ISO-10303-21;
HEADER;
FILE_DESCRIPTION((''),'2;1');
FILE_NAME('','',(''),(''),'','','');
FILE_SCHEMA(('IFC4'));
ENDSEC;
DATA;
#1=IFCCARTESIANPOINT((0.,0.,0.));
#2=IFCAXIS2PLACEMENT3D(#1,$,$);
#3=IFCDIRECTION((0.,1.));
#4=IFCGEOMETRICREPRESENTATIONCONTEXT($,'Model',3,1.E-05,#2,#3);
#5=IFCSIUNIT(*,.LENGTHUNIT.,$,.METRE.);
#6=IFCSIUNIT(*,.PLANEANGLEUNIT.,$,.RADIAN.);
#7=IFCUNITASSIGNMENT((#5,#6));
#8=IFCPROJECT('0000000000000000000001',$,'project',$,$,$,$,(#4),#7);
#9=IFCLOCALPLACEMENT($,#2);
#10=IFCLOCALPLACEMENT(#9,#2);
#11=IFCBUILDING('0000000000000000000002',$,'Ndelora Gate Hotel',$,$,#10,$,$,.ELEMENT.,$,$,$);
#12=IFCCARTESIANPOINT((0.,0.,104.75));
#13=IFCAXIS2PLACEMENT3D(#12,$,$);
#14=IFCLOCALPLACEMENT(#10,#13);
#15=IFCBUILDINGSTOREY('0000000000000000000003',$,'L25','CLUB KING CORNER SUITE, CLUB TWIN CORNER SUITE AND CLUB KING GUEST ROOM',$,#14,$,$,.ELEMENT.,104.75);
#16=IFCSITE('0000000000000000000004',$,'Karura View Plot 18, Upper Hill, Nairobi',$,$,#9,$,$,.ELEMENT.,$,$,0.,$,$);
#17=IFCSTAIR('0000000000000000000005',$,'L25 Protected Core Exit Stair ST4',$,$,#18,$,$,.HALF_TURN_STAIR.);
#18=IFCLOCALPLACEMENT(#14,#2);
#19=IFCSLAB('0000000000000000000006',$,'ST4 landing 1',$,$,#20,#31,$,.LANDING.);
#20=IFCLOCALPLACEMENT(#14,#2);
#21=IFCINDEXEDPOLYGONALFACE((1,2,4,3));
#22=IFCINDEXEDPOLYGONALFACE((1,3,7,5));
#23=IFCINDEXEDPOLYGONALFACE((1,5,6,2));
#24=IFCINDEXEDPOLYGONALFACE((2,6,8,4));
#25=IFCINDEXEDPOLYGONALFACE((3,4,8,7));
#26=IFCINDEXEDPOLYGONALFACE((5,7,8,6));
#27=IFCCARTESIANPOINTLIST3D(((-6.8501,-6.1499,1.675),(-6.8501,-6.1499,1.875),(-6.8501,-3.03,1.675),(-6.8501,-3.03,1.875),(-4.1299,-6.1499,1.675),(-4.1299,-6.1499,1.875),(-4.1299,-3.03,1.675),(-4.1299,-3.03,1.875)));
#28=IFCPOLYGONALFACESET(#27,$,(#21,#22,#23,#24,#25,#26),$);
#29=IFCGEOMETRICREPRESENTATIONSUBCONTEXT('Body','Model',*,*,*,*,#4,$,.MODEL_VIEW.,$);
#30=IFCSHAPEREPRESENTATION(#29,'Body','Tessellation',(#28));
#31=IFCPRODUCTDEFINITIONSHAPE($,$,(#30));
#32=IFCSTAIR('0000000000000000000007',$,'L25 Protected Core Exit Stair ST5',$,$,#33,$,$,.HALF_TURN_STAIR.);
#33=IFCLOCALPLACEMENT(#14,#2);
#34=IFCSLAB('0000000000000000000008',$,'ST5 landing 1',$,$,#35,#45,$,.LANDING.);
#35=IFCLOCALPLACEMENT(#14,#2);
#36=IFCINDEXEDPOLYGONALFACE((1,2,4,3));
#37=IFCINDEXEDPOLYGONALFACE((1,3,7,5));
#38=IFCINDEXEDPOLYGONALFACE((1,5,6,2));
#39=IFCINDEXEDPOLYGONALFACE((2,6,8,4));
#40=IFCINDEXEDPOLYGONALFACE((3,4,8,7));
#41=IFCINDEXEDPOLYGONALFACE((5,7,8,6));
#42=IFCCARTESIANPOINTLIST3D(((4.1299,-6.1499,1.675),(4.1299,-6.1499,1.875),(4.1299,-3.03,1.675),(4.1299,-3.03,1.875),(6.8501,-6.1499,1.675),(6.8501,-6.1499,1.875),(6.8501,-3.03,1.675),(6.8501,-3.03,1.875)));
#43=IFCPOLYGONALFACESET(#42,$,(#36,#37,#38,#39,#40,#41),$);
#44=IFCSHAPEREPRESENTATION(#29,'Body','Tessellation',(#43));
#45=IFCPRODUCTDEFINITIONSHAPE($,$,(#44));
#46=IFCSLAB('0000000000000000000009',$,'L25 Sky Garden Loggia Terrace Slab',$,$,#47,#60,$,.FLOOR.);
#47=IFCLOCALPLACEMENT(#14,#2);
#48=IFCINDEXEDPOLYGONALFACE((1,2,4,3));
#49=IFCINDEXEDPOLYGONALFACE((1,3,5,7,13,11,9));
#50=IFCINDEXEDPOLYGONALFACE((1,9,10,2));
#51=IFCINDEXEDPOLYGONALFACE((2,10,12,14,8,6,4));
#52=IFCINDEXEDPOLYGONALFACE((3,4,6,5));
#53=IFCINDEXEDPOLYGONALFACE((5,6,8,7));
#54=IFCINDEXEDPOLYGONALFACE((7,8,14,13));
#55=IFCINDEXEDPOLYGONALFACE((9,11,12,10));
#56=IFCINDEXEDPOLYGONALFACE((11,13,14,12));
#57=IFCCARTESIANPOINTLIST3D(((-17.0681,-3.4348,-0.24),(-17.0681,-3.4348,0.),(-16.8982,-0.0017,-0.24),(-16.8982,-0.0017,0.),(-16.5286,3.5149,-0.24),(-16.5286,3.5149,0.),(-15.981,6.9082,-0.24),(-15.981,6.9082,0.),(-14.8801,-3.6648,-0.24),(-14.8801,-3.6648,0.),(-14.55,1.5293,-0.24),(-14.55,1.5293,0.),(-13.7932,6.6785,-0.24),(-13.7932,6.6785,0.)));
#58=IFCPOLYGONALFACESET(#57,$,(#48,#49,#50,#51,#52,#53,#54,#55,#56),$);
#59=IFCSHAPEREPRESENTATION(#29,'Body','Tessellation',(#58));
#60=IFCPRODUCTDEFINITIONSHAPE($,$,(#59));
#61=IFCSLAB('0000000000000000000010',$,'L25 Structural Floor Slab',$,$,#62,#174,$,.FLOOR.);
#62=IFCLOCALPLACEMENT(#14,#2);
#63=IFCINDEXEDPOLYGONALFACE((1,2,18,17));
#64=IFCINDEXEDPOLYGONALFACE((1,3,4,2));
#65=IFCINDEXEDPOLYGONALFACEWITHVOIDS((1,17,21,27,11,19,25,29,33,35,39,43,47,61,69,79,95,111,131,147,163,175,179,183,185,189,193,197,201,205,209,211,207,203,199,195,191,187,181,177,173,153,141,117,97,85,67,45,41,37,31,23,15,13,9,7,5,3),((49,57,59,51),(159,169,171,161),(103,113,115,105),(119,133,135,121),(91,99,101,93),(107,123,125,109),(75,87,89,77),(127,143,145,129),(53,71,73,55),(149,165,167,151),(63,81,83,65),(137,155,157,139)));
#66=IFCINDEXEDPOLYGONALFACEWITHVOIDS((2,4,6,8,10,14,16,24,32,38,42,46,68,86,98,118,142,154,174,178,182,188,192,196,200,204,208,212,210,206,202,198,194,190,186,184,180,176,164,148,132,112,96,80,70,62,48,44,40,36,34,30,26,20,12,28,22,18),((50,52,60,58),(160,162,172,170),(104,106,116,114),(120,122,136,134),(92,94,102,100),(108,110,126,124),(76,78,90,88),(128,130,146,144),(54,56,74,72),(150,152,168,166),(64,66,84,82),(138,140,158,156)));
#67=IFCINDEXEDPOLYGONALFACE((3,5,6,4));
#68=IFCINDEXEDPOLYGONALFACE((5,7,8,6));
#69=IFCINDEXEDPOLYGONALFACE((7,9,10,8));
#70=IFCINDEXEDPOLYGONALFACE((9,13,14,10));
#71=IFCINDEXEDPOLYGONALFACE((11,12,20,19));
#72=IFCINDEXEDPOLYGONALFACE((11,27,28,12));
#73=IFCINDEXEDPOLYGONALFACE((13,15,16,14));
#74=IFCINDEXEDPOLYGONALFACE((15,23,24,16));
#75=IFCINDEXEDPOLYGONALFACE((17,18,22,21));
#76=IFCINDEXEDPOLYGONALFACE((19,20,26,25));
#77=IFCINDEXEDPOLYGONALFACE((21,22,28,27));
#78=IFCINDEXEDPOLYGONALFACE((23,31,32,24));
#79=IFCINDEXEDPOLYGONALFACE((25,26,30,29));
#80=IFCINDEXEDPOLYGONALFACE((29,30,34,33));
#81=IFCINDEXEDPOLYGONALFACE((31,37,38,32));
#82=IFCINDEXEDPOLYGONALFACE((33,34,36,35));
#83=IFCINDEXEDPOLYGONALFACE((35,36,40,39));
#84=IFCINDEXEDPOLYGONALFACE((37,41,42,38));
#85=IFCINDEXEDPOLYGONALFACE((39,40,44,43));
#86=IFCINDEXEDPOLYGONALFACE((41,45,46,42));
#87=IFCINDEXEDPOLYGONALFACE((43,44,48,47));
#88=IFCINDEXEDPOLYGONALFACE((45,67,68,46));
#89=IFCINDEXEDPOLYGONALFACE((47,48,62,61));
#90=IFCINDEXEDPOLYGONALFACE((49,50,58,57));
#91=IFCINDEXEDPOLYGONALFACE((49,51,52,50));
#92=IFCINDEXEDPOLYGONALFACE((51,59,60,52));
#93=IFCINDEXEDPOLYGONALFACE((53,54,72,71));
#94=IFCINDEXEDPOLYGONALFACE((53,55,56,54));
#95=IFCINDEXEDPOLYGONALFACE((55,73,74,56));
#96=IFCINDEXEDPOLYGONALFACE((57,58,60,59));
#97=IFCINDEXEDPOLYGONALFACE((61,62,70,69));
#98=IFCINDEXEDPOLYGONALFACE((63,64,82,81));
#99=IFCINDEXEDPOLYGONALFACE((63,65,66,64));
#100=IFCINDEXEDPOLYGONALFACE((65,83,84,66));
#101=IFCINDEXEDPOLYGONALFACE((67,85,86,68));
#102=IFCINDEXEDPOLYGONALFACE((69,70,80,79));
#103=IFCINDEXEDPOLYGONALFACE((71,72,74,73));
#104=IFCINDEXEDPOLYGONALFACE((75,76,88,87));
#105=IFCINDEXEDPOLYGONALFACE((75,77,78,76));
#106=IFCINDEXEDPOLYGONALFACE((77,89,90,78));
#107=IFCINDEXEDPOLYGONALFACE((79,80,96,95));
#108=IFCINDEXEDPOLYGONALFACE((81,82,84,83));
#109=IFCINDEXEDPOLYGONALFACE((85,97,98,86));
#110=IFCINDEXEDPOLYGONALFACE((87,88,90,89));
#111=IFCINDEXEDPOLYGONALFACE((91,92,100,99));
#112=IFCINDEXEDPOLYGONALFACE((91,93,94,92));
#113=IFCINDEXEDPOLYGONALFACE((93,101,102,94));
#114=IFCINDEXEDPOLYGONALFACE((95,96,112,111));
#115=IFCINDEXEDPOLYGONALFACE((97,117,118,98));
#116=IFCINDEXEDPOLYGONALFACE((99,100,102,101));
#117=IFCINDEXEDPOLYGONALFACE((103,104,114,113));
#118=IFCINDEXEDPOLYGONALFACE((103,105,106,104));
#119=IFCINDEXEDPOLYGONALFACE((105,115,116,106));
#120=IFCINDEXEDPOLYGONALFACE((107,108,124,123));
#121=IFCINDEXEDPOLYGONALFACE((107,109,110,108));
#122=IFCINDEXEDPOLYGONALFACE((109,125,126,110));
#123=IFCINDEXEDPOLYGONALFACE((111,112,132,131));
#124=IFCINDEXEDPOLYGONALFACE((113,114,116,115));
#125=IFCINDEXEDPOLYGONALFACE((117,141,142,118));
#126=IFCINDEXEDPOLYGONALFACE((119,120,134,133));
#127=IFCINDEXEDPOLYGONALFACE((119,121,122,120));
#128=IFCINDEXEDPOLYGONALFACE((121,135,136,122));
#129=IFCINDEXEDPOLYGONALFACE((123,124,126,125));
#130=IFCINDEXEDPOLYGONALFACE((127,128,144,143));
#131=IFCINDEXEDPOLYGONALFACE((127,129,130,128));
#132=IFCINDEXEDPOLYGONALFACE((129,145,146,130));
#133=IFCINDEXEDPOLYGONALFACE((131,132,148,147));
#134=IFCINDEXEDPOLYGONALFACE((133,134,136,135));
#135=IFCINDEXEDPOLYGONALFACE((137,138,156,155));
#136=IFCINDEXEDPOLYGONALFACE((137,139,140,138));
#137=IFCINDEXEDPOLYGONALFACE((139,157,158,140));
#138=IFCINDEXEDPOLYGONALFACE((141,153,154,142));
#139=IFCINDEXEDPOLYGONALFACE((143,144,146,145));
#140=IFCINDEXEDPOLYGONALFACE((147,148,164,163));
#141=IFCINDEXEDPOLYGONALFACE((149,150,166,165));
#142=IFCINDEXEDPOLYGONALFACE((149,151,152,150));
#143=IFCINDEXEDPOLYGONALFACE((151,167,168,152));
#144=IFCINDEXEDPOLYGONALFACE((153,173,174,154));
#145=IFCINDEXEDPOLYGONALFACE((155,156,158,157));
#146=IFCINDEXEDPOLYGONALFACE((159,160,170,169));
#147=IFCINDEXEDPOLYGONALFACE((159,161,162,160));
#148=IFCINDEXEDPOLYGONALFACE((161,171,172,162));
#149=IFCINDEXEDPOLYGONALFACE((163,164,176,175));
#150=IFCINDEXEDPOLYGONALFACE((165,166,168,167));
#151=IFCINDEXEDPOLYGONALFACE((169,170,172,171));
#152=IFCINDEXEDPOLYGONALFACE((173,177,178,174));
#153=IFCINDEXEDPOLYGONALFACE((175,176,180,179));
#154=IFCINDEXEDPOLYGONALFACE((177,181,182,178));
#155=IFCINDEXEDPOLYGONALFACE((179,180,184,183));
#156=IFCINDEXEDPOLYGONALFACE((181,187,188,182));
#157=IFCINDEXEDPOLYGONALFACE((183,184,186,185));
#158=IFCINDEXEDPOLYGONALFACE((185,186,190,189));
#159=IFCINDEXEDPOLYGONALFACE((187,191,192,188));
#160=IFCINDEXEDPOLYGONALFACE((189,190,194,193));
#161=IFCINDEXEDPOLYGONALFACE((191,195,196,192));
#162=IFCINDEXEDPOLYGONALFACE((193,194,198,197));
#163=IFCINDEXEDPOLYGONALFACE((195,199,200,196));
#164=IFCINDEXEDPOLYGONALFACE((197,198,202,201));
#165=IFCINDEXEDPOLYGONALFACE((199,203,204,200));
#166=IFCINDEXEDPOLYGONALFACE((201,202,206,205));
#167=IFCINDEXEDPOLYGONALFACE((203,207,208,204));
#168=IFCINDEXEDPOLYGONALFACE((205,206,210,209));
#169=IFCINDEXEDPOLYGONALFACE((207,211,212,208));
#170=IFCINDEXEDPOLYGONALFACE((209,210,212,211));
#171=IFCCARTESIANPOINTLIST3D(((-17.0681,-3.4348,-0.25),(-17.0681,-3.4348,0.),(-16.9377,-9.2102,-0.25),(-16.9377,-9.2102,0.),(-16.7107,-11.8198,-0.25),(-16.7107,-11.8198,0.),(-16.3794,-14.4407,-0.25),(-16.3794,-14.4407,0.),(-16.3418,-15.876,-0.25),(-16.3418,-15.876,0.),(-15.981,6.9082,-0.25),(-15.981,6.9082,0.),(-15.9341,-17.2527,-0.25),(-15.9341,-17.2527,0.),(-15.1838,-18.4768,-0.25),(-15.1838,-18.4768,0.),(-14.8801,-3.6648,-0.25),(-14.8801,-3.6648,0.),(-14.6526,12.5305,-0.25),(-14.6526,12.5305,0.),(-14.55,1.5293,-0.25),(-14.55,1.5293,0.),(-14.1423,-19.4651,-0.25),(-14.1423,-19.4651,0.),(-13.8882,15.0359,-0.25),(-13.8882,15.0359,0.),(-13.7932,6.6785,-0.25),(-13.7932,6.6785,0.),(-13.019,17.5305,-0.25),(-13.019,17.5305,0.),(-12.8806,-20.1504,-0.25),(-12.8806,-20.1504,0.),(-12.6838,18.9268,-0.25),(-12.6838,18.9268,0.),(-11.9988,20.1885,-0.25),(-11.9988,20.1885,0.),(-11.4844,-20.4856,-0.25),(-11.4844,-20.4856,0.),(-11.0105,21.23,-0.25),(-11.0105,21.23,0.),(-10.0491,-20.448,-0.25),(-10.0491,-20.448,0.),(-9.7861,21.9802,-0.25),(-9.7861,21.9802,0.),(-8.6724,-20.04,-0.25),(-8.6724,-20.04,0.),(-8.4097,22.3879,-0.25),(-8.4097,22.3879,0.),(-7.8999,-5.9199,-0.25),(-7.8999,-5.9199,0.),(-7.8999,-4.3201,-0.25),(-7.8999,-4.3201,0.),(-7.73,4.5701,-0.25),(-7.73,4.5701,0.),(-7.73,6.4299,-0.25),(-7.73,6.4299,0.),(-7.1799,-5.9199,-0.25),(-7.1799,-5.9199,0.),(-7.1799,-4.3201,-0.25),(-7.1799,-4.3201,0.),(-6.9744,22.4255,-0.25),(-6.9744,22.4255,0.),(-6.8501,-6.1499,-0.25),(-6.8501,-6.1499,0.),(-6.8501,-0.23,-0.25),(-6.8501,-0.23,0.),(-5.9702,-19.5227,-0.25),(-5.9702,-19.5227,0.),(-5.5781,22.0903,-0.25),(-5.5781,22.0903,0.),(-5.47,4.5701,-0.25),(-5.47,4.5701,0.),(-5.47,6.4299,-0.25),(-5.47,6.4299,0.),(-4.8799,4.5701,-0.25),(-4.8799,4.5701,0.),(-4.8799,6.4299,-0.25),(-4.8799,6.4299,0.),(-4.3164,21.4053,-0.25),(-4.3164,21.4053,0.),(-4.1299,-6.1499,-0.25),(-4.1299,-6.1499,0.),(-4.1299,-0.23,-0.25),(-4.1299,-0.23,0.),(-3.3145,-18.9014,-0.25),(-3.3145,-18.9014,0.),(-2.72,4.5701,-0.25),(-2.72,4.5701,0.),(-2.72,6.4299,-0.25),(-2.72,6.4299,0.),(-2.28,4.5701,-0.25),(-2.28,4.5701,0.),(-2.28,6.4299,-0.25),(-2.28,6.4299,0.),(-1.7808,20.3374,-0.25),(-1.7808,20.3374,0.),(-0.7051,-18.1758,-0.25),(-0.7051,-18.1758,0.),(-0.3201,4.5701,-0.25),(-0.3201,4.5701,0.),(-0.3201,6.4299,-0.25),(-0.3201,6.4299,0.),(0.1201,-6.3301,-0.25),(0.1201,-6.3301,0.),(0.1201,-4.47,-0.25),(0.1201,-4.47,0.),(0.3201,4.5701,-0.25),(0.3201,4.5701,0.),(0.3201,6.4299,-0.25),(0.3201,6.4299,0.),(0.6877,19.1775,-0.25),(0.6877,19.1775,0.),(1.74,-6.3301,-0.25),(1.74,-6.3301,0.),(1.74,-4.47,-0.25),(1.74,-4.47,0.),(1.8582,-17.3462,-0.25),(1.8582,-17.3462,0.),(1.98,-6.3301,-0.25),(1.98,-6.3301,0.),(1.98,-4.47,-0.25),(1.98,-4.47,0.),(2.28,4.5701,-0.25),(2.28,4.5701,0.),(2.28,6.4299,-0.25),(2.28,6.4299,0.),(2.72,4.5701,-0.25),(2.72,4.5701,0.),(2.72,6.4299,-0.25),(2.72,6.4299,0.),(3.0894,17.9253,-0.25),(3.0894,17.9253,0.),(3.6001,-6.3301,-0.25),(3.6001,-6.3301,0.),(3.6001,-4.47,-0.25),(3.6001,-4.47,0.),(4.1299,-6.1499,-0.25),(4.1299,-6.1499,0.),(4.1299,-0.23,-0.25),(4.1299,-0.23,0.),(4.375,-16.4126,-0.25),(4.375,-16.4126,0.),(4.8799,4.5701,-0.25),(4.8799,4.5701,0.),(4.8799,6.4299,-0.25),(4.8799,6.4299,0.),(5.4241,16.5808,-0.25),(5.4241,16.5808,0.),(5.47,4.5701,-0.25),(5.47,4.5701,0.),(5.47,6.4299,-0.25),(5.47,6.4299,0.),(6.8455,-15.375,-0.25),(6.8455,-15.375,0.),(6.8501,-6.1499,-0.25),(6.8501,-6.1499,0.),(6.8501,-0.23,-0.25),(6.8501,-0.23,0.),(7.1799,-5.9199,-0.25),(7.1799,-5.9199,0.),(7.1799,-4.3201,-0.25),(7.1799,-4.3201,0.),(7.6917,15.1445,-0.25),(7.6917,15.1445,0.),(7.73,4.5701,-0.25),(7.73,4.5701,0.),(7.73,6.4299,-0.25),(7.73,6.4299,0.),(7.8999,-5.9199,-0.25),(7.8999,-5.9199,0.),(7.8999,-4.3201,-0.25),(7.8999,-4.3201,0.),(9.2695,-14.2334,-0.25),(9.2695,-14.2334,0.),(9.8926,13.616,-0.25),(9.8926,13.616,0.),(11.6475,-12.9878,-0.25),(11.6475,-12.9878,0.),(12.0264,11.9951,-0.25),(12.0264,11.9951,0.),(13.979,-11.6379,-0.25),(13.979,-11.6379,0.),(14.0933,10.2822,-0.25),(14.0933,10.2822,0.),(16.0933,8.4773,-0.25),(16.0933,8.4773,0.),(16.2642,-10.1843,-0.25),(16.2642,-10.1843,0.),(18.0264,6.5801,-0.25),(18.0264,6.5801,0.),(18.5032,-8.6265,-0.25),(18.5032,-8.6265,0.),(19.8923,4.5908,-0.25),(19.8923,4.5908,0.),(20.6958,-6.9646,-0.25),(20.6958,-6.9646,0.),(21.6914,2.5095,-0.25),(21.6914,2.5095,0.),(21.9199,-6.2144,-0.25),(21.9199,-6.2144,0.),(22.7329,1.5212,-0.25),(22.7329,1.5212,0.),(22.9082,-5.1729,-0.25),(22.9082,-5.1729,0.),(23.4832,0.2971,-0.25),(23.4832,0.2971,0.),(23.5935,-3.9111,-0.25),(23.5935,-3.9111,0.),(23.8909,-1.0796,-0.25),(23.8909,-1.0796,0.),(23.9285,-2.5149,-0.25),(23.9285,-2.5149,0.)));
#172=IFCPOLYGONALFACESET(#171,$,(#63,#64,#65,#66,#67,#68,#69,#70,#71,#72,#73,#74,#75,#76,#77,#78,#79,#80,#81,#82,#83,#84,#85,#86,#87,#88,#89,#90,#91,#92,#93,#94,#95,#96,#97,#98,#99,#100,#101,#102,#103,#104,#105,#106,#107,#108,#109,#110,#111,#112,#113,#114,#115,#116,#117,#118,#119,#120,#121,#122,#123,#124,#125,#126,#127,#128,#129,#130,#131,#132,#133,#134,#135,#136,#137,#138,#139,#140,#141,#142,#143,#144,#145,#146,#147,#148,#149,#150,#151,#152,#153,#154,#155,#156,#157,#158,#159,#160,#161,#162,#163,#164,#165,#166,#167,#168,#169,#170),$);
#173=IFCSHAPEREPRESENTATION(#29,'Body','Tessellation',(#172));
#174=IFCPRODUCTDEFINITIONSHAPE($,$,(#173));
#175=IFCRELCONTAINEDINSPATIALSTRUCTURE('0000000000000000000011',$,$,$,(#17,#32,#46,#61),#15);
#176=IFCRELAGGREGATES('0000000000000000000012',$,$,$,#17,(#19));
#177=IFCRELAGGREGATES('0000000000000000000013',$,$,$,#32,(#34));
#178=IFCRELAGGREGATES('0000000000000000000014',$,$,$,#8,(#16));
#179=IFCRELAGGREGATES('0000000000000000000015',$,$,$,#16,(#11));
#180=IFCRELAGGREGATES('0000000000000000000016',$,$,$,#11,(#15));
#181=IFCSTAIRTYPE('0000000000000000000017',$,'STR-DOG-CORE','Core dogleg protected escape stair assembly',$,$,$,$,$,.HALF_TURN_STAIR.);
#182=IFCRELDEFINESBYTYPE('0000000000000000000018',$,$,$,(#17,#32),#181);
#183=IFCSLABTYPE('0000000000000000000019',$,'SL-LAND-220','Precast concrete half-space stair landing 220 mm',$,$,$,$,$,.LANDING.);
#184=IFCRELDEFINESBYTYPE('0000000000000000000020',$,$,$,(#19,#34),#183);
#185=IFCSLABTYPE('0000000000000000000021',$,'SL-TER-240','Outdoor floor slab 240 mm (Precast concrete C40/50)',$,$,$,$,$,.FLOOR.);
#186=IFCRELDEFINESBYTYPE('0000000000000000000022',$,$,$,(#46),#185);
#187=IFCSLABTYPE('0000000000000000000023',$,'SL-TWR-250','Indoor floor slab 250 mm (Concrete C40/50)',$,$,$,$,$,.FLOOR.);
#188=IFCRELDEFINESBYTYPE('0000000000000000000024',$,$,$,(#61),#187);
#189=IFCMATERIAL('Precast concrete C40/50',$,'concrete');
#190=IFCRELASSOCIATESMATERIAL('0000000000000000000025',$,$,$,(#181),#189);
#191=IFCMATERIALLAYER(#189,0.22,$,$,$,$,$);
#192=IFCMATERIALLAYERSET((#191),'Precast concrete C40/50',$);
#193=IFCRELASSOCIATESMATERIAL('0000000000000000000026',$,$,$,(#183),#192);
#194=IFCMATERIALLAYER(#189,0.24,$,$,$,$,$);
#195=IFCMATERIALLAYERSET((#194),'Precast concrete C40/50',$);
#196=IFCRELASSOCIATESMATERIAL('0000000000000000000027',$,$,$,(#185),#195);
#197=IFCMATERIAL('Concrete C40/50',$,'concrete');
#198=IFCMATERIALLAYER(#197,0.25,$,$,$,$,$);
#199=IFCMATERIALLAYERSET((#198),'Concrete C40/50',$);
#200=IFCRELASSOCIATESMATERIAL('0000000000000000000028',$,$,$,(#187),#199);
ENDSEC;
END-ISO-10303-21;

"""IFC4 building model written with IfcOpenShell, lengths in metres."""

from ifc_helpers import new_model, si_unit, direction, frame, origin, place, context, subcontext, project, spatial, polyline, outline, extrude, material, layer, layer_set, type_object, element, aggregate, save


model = new_model("IFC4")

# Units and contexts
model_context = context("Model", 3, precision=1e-05, world=origin(), true_north=direction((0.0, 1.0)))
body_context = subcontext(model_context, "Body", "Model", "MODEL_VIEW")
ifc_project = project(units=[si_unit("LENGTHUNIT", "METRE"), si_unit("PLANEANGLEUNIT", "RADIAN")], contexts=[model_context])

# Site, building, storey
site_placement = place(None, origin())
site = spatial("IfcSite", under=ifc_project, at=site_placement, Name="Karura View Plot 18, Upper Hill, Nairobi", CompositionType="ELEMENT", RefElevation=0.0)
building_placement = place(site_placement, origin())
building = spatial("IfcBuilding", under=site, at=building_placement, Name="Ndelora Gate Hotel", CompositionType="ELEMENT")
storey_placement = place(building_placement, frame((0.0, 0.0, 104.75)))
storey = spatial("IfcBuildingStorey", under=building, at=storey_placement, Name="L25", Description="CLUB KING CORNER SUITE, CLUB TWIN CORNER SUITE AND CLUB KING GUEST ROOM", CompositionType="ELEMENT", Elevation=104.75)

# Stairs, slabs
ifc_material_1 = material(Name="Precast concrete C40/50", Category="concrete")
stair_type = type_object("IfcStairType", Name="STR-DOG-CORE", Description="Core dogleg protected escape stair assembly", PredefinedType="HALF_TURN_STAIR", material=ifc_material_1)
stair_1_placement = place(storey_placement, origin())
stair_1 = element("IfcStair", 1, at=stair_1_placement, inside=storey, type_object=stair_type, Name="L25 Protected Core Exit Stair ST4", PredefinedType="HALF_TURN_STAIR")
ifc_layer_1 = layer(ifc_material_1, 0.22)
ifc_layer_set_1 = layer_set([ifc_layer_1], Name="Precast concrete C40/50")
slab_type_1 = type_object("IfcSlabType", Name="SL-LAND-220", Description="Precast concrete half-space stair landing 220 mm", PredefinedType="LANDING", material=ifc_layer_set_1)
slab_1_placement = place(storey_placement, frame((0.0, 0.0, 1.675)))
slab_1 = element("IfcSlab", 2, at=slab_1_placement, type_object=slab_type_1, Name="ST4 landing 1", PredefinedType="LANDING", context=body_context, shape_type="SweptSolid", body=[
    extrude(outline(polyline([(-6.8501, -3.03), (-6.8501, -6.1499), (-4.1299, -6.1499), (-4.1299, -3.03), (-6.8501, -3.03)])), origin(), (0.0, 0.0, 1.0), 0.2),
])
aggregate(stair_1, [slab_1])
stair_2_placement = place(storey_placement, origin())
stair_2 = element("IfcStair", 3, at=stair_2_placement, inside=storey, type_object=stair_type, Name="L25 Protected Core Exit Stair ST5", PredefinedType="HALF_TURN_STAIR")
slab_2_placement = place(storey_placement, frame((0.0, 0.0, 1.675)))
slab_2 = element("IfcSlab", 4, at=slab_2_placement, type_object=slab_type_1, Name="ST5 landing 1", PredefinedType="LANDING", context=body_context, shape_type="SweptSolid", body=[
    extrude(outline(polyline([(4.1299, -3.03), (4.1299, -6.1499), (6.8501, -6.1499), (6.8501, -3.03), (4.1299, -3.03)])), origin(), (0.0, 0.0, 1.0), 0.2),
])
aggregate(stair_2, [slab_2])

# Slabs
ifc_layer_2 = layer(ifc_material_1, 0.24)
ifc_layer_set_2 = layer_set([ifc_layer_2], Name="Precast concrete C40/50")
slab_type_2 = type_object("IfcSlabType", Name="SL-TER-240", Description="Outdoor floor slab 240 mm (Precast concrete C40/50)", PredefinedType="FLOOR", material=ifc_layer_set_2)
slab_3_placement = place(storey_placement, frame((0.0, 0.0, -0.24)))
element("IfcSlab", 5, at=slab_3_placement, inside=storey, type_object=slab_type_2, Name="L25 Sky Garden Loggia Terrace Slab", PredefinedType="FLOOR", context=body_context, shape_type="SweptSolid", body=[
    extrude(outline(polyline([(-13.7932, 6.6785), (-15.981, 6.9082), (-16.5286, 3.5149), (-16.8982, -0.0017), (-17.0681, -3.4348), (-14.8801, -3.6648), (-14.55, 1.5293), (-13.7932, 6.6785)])), origin(), (0.0, 0.0, 1.0), 0.24),
])
ifc_material_2 = material(Name="Concrete C40/50", Category="concrete")
ifc_layer_3 = layer(ifc_material_2, 0.25)
ifc_layer_set_3 = layer_set([ifc_layer_3], Name="Concrete C40/50")
slab_type_3 = type_object("IfcSlabType", Name="SL-TWR-250", Description="Indoor floor slab 250 mm (Concrete C40/50)", PredefinedType="FLOOR", material=ifc_layer_set_3)
slab_4_placement = place(storey_placement, frame((0.0, 0.0, -0.25)))
element("IfcSlab", 6, at=slab_4_placement, inside=storey, type_object=slab_type_3, Name="L25 Structural Floor Slab", PredefinedType="FLOOR", context=body_context, shape_type="SweptSolid", body=[
    extrude(outline(polyline([(-4.3164, 21.4053), (-5.5781, 22.0903), (-6.9744, 22.4255), (-8.4097, 22.3879), (-9.7861, 21.9802), (-11.0105, 21.23), (-11.9988, 20.1885), (-12.6838, 18.9268), (-13.019, 17.5305), (-13.8882, 15.0359), (-14.6526, 12.5305), (-15.981, 6.9082), (-13.7932, 6.6785), (-14.55, 1.5293), (-14.8801, -3.6648), (-17.0681, -3.4348), (-16.9377, -9.2102), (-16.7107, -11.8198), (-16.3794, -14.4407), (-16.3418, -15.876), (-15.9341, -17.2527), (-15.1838, -18.4768), (-14.1423, -19.4651), (-12.8806, -20.1504), (-11.4844, -20.4856), (-10.0491, -20.448), (-8.6724, -20.04), (-5.9702, -19.5227), (-3.3145, -18.9014), (-0.7051, -18.1758), (1.8582, -17.3462), (4.375, -16.4126), (6.8455, -15.375), (9.2695, -14.2334), (11.6475, -12.9878), (13.979, -11.6379), (16.2642, -10.1843), (18.5032, -8.6265), (20.6958, -6.9646), (21.9199, -6.2144), (22.9082, -5.1729), (23.5935, -3.9111), (23.9285, -2.5149), (23.8909, -1.0796), (23.4832, 0.2971), (22.7329, 1.5212), (21.6914, 2.5095), (19.8923, 4.5908), (18.0264, 6.5801), (16.0933, 8.4773), (14.0933, 10.2822), (12.0264, 11.9951), (9.8926, 13.616), (7.6917, 15.1445), (5.4241, 16.5808), (3.0894, 17.9253), (0.6877, 19.1775), (-1.7808, 20.3374), (-4.3164, 21.4053)]), holes=[polyline([(-6.8501, -0.23), (-6.8501, -6.1499), (-4.1299, -6.1499), (-4.1299, -0.23), (-6.8501, -0.23)]), polyline([(4.1299, -0.23), (4.1299, -6.1499), (6.8501, -6.1499), (6.8501, -0.23), (4.1299, -0.23)]), polyline([(-7.73, 4.5701), (-5.47, 4.5701), (-5.47, 6.4299), (-7.73, 6.4299), (-7.73, 4.5701)]), polyline([(5.47, 4.5701), (7.73, 4.5701), (7.73, 6.4299), (5.47, 6.4299), (5.47, 4.5701)]), polyline([(-4.8799, 4.5701), (-2.72, 4.5701), (-2.72, 6.4299), (-4.8799, 6.4299), (-4.8799, 4.5701)]), polyline([(2.72, 4.5701), (4.8799, 4.5701), (4.8799, 6.4299), (2.72, 6.4299), (2.72, 4.5701)]), polyline([(0.1201, -6.3301), (1.74, -6.3301), (1.74, -4.47), (0.1201, -4.47), (0.1201, -6.3301)]), polyline([(1.98, -6.3301), (3.6001, -6.3301), (3.6001, -4.47), (1.98, -4.47), (1.98, -6.3301)]), polyline([(-2.28, 4.5701), (-0.3201, 4.5701), (-0.3201, 6.4299), (-2.28, 6.4299), (-2.28, 4.5701)]), polyline([(0.3201, 4.5701), (2.28, 4.5701), (2.28, 6.4299), (0.3201, 6.4299), (0.3201, 4.5701)]), polyline([(-7.8999, -5.9199), (-7.1799, -5.9199), (-7.1799, -4.3201), (-7.8999, -4.3201), (-7.8999, -5.9199)]), polyline([(7.1799, -5.9199), (7.8999, -5.9199), (7.8999, -4.3201), (7.1799, -4.3201), (7.1799, -5.9199)])]), origin(), (0.0, 0.0, 1.0), 0.25),
])

save(model, "model.ifc")
